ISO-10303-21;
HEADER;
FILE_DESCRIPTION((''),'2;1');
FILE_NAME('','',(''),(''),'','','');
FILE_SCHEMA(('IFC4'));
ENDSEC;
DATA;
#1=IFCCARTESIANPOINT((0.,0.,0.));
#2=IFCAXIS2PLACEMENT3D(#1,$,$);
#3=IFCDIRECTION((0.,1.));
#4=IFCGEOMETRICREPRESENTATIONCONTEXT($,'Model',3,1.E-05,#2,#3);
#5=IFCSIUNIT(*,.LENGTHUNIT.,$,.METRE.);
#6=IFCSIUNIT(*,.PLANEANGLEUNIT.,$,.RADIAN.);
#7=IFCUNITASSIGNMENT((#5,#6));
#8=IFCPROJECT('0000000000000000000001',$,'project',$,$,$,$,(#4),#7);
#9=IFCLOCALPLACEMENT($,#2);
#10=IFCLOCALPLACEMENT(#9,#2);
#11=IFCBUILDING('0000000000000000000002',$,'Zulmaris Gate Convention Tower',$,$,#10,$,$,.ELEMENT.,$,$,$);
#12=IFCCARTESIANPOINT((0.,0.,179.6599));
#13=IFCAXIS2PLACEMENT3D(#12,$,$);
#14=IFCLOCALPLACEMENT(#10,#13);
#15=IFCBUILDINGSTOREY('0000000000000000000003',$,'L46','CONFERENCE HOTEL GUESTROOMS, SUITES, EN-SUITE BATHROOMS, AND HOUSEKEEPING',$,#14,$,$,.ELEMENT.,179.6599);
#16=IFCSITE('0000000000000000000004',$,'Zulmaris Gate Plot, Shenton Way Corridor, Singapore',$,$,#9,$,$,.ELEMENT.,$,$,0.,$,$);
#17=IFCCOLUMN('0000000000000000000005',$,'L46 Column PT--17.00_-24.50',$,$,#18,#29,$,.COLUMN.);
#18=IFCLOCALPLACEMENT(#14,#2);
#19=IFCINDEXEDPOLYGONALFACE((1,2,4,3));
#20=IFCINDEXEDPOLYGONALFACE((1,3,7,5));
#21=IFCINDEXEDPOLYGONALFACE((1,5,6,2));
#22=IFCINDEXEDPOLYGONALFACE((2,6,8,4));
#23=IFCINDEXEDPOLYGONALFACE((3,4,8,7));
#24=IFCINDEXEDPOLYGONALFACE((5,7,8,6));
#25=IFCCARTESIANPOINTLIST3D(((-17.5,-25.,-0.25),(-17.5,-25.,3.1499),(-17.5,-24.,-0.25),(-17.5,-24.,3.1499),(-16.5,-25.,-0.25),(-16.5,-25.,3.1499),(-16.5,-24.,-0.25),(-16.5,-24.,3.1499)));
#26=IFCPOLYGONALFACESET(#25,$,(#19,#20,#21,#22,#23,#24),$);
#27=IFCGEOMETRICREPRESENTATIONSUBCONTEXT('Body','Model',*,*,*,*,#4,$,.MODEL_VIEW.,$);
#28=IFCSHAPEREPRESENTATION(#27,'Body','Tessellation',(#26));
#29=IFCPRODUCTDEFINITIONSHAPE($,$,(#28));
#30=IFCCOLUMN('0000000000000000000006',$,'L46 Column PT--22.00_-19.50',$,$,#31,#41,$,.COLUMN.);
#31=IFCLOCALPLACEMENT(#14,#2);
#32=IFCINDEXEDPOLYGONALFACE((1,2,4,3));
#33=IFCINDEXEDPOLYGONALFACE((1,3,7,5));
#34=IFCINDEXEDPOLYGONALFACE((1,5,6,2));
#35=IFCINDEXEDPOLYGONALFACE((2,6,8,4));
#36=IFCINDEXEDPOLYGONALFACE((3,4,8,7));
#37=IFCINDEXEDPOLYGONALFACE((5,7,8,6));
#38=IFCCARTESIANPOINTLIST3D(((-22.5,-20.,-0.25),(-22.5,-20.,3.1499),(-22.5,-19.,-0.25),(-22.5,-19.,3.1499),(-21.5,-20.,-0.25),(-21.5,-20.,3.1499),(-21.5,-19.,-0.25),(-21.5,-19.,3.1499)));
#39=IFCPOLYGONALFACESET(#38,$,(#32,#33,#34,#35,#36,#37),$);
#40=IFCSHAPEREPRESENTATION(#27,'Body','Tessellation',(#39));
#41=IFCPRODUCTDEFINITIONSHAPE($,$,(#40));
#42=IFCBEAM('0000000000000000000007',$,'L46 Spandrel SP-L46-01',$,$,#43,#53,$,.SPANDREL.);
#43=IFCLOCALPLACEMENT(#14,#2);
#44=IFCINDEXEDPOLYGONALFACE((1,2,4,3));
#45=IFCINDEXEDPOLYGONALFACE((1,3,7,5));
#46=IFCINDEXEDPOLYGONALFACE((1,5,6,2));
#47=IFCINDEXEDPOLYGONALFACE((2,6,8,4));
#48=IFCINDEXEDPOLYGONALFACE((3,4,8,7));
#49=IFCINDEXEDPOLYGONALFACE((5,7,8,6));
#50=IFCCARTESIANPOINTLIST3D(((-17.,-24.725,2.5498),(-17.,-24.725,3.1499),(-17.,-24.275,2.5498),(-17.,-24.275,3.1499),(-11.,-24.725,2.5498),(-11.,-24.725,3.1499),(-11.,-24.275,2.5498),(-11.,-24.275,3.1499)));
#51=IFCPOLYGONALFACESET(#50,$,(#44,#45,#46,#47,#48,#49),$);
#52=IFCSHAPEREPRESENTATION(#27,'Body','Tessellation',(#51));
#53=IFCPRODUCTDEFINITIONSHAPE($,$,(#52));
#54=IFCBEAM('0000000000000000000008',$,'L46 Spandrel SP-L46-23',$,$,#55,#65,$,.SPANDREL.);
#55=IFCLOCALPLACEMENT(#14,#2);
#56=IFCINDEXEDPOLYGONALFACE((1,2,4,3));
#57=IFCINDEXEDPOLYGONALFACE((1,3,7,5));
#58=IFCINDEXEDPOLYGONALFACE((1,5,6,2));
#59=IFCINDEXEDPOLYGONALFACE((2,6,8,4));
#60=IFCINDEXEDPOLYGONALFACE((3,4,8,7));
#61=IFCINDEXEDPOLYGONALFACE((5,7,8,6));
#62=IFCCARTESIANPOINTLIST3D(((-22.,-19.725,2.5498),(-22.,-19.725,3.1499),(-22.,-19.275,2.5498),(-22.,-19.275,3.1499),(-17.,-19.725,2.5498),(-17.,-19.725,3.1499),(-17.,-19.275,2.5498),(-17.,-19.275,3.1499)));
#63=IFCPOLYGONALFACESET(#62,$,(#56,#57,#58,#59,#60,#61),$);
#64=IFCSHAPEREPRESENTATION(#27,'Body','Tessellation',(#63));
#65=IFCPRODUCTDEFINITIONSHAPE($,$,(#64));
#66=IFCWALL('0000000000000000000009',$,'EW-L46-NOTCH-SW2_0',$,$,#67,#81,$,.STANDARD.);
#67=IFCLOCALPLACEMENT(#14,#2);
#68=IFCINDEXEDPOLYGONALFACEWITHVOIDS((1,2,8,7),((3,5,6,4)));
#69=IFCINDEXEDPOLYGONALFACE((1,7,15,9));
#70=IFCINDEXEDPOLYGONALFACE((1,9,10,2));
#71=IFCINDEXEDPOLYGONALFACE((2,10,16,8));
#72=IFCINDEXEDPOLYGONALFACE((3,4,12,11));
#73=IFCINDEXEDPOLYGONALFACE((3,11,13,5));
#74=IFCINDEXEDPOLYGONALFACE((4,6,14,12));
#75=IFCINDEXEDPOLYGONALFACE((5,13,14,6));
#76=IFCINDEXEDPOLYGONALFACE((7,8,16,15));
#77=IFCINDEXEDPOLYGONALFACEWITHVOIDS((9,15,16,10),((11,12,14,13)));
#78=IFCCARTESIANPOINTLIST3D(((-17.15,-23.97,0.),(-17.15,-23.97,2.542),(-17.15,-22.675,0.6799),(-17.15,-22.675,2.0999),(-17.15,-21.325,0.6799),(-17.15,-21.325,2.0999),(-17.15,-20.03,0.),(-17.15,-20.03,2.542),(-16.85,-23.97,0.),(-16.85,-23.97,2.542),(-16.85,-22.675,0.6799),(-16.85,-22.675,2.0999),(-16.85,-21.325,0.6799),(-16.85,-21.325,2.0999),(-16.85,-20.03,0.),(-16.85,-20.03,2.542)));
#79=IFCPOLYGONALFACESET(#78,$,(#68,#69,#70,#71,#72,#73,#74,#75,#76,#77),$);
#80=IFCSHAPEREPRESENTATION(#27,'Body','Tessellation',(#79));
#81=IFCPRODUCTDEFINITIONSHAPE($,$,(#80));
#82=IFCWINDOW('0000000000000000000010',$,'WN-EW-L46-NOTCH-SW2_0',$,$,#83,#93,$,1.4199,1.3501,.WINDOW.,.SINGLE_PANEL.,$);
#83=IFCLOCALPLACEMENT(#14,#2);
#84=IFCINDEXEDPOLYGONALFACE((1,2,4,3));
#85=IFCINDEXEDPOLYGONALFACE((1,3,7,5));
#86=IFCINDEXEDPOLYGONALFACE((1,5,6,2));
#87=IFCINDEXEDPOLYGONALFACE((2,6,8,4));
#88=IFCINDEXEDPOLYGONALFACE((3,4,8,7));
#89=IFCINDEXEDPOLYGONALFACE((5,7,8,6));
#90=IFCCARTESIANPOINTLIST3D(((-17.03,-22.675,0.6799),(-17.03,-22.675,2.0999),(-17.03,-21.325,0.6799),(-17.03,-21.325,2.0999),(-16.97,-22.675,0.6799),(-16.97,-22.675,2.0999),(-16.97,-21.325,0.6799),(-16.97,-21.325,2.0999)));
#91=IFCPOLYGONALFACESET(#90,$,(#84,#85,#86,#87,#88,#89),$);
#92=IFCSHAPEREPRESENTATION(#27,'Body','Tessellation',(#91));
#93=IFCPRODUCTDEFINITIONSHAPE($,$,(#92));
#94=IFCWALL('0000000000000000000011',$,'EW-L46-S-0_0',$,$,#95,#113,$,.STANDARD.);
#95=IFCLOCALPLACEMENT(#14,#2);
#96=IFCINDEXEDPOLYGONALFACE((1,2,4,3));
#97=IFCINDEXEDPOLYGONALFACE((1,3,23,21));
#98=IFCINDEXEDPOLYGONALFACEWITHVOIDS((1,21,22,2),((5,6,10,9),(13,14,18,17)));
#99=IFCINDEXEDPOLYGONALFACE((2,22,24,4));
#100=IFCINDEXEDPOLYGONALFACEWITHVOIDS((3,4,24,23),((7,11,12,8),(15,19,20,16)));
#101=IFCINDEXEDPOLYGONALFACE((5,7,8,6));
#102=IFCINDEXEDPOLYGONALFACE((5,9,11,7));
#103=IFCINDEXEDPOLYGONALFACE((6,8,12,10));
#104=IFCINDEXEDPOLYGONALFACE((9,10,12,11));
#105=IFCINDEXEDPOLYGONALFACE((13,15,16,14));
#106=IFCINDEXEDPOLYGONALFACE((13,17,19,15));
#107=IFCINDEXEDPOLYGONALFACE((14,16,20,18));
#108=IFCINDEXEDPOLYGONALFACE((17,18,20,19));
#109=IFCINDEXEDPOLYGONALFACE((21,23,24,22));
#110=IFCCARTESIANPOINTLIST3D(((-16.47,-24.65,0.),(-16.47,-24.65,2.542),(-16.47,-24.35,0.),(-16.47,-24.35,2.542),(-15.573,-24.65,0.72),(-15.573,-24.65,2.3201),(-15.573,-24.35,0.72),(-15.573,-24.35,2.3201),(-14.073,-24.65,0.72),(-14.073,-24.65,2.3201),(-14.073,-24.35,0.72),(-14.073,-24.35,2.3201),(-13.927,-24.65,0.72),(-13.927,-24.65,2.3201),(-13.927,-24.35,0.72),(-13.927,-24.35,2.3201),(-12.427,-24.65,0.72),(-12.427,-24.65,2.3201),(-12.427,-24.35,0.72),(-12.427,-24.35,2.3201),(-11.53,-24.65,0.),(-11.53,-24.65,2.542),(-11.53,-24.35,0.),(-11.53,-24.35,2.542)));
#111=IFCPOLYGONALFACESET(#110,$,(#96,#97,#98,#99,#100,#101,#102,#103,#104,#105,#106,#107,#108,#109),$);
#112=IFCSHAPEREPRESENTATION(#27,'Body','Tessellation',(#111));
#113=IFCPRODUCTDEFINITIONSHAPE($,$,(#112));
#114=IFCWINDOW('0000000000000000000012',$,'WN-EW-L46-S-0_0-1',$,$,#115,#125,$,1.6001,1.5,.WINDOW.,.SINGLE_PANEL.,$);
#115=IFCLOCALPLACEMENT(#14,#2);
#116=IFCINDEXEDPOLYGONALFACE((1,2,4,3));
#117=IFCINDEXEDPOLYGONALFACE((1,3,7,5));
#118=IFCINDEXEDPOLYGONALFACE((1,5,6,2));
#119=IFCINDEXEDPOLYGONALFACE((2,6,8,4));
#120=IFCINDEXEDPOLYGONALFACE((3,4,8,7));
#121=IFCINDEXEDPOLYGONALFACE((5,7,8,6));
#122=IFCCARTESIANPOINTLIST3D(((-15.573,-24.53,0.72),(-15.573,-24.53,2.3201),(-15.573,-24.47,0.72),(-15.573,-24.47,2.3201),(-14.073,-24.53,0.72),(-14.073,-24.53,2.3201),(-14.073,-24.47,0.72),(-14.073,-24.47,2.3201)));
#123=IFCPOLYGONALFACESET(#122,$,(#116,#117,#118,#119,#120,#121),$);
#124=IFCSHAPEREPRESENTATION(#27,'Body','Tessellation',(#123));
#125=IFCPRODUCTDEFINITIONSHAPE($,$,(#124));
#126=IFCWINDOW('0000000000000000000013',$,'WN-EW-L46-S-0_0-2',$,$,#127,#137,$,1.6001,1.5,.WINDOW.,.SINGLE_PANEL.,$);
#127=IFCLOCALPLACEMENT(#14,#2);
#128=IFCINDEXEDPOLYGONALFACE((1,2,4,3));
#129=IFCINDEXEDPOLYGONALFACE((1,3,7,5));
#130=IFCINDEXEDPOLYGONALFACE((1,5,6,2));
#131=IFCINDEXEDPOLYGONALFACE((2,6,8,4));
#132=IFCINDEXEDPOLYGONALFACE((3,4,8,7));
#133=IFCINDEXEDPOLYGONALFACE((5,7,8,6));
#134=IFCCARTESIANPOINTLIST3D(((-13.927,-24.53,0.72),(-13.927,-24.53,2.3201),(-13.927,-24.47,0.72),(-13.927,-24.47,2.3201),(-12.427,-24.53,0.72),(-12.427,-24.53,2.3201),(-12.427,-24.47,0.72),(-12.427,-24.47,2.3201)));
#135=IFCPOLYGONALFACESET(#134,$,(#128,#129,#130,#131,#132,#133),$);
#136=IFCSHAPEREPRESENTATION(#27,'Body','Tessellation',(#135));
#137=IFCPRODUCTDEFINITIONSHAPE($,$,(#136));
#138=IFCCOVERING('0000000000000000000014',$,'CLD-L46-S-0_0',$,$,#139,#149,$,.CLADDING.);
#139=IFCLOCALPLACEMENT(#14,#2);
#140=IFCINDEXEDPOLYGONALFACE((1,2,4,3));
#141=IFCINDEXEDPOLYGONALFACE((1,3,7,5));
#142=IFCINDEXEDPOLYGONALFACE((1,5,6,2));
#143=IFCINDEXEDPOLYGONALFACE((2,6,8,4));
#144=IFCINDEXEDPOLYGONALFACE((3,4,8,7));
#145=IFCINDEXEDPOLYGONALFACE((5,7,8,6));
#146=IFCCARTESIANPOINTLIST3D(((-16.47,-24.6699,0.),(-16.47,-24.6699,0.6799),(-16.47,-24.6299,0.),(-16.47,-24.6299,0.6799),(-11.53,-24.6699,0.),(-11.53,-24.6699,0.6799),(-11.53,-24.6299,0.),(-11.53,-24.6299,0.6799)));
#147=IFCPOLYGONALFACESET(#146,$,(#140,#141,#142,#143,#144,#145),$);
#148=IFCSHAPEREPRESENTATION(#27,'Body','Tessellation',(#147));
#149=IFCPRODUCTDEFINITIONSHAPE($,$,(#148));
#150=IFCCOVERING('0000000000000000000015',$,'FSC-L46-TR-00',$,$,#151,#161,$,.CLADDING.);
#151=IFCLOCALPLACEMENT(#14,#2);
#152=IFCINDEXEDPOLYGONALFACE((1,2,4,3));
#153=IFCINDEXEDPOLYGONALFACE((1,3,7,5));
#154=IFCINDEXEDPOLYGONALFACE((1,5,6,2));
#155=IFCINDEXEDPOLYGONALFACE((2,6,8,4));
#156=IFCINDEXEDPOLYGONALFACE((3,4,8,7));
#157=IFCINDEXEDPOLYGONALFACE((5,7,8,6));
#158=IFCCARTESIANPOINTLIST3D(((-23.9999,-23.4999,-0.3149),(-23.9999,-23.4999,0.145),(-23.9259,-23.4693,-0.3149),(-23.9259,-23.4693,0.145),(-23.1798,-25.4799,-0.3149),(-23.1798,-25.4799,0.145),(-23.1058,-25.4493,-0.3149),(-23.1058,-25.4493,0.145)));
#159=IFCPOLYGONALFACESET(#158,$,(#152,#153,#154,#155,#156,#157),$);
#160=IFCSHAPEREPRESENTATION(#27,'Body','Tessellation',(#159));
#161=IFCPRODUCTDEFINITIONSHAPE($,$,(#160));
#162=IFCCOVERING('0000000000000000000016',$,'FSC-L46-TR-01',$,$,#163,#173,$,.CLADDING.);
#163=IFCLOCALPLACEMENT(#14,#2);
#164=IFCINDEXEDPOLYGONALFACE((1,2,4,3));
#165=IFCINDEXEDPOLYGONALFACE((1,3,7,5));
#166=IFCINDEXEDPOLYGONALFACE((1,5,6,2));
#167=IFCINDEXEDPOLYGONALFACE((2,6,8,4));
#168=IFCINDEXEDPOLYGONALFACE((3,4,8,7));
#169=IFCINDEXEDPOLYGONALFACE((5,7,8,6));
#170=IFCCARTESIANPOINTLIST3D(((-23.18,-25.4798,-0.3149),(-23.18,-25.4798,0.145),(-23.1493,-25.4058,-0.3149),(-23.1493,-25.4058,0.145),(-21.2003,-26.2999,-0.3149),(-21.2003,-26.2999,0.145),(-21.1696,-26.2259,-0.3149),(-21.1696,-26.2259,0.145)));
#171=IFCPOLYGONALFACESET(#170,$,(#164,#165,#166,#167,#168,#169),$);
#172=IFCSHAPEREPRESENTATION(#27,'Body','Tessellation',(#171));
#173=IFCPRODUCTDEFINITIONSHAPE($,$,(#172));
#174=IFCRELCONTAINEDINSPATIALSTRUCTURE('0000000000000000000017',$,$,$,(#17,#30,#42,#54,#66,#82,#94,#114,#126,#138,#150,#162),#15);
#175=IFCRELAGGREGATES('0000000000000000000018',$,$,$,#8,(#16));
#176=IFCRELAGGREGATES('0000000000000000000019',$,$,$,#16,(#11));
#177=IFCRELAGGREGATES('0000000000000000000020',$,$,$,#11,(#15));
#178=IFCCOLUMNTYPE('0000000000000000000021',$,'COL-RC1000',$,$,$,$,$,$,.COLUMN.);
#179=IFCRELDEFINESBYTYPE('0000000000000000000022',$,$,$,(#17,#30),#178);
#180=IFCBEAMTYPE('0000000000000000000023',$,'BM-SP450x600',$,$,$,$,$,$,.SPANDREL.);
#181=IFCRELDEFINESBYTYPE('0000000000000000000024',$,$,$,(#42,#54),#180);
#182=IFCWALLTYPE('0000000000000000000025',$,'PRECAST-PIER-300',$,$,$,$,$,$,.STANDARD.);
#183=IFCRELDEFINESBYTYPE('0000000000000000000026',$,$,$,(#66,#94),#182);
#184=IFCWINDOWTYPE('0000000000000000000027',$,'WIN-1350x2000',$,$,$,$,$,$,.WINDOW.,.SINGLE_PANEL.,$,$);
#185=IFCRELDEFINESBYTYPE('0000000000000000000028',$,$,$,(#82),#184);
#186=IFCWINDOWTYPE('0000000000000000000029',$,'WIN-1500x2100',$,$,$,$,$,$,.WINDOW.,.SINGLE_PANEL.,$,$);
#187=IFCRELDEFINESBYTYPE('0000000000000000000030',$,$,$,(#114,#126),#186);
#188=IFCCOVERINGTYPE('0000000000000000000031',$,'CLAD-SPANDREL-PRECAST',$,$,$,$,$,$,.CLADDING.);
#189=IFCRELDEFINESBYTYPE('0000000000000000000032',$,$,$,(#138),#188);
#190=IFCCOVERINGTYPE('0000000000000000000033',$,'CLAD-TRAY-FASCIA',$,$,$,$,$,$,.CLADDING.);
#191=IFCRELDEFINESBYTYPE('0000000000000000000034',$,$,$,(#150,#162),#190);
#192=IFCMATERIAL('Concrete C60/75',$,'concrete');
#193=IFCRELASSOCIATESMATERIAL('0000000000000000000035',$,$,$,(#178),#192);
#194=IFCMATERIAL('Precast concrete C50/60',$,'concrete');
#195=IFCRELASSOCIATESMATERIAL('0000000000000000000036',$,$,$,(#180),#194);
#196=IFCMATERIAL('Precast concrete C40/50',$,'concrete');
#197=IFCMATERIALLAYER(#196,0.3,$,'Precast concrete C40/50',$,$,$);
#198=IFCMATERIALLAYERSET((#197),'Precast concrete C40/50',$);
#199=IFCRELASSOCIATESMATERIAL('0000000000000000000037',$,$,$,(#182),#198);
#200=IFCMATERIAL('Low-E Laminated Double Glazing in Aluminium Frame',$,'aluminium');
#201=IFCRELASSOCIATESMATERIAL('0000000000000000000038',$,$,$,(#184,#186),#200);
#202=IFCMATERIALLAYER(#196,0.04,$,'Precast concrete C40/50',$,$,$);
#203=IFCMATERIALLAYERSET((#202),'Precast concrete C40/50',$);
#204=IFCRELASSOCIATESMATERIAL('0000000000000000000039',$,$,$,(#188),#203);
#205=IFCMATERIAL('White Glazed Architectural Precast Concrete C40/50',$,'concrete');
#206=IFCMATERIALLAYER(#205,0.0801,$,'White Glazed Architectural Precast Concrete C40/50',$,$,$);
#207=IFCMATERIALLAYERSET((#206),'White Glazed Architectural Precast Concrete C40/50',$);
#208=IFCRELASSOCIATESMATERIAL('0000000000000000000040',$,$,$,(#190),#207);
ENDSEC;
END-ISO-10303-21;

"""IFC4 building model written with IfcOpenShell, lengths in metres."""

from ifc_helpers import new_model, si_unit, direction, frame, frame_2d, origin, origin_2d, place, context, subcontext, project, spatial, rectangle, extrude, material, layer, layer_set, material_profile, profile_set, type_object, element, fill, save


model = new_model("IFC4")

# Units and contexts
model_context = context("Model", 3, precision=1e-05, world=origin(), true_north=direction((0.0, 1.0)))
body_context = subcontext(model_context, "Body", "Model", "MODEL_VIEW")
ifc_project = project(units=[si_unit("LENGTHUNIT", "METRE"), si_unit("PLANEANGLEUNIT", "RADIAN")], contexts=[model_context])

# Site, building, storey
site_placement = place(None, origin())
site = spatial("IfcSite", under=ifc_project, at=site_placement, Name="Zulmaris Gate Plot, Shenton Way Corridor, Singapore", CompositionType="ELEMENT", RefElevation=0.0)
building_placement = place(site_placement, origin())
building = spatial("IfcBuilding", under=site, at=building_placement, Name="Zulmaris Gate Convention Tower", CompositionType="ELEMENT")
storey_placement = place(building_placement, frame((0.0, 0.0, 179.6599)))
storey = spatial("IfcBuildingStorey", under=building, at=storey_placement, Name="L46", Description="CONFERENCE HOTEL GUESTROOMS, SUITES, EN-SUITE BATHROOMS, AND HOUSEKEEPING", CompositionType="ELEMENT", Elevation=179.6599)

# Columns
ifc_material_1 = material(Name="Concrete C60/75", Category="concrete")
ifc_material_profile_1 = material_profile(ifc_material_1, rectangle(XDim=1.0, YDim=1.0, at=origin_2d()), Name="RC COL 1000x1000")
ifc_profile_set_1 = profile_set([ifc_material_profile_1], Name="Concrete C60/75")
column_type = type_object("IfcColumnType", Name="COL-RC1000", PredefinedType="COLUMN", material=ifc_profile_set_1)
for number, where, z_axis, x_axis, name in (
    (1, (-17.0, -24.5, -0.25), (0.0, 0.0, 1.0), (1.0, 0.0, 0.0), "L46 Column PT--17.00_-24.50"),
    (2, (-22.0, -19.5, -0.25), (0.0, 0.0, 1.0), (1.0, 0.0, 0.0), "L46 Column PT--22.00_-19.50"),
):
    element("IfcColumn", number, at=place(storey_placement, frame(where, z_axis=z_axis, x_axis=x_axis)), inside=storey, type_object=column_type, Name=name, PredefinedType="COLUMN", context=body_context, shape_type="SweptSolid", body=[
        extrude(rectangle(XDim=1.0, YDim=1.0, at=origin_2d()), origin(), (0.0, 0.0, 1.0), 3.3999),
    ])

# Beams
ifc_material_2 = material(Name="Precast concrete C50/60", Category="concrete")
ifc_material_profile_2 = material_profile(ifc_material_2, rectangle(XDim=0.45, YDim=0.6001, at=origin_2d()), Name="RC SPANDREL 450x600")
ifc_profile_set_2 = profile_set([ifc_material_profile_2], Name="Precast concrete C50/60")
beam_type = type_object("IfcBeamType", Name="BM-SP450x600", PredefinedType="SPANDREL", material=ifc_profile_set_2)
beam_1_placement = place(storey_placement, frame((-17.0, -24.5, 2.8499), z_axis=(1.0, 0.0, 0.0), x_axis=(0.0, 1.0, 0.0)))
element("IfcBeam", 3, at=beam_1_placement, inside=storey, type_object=beam_type, Name="L46 Spandrel SP-L46-01", PredefinedType="SPANDREL", context=body_context, shape_type="SweptSolid", body=[
    extrude(rectangle(XDim=0.45, YDim=0.6001, at=origin_2d()), origin(), (0.0, 0.0, 1.0), 6.0),
])
beam_2_placement = place(storey_placement, frame((-22.0, -19.5, 2.8499), z_axis=(1.0, 0.0, 0.0), x_axis=(0.0, 1.0, 0.0)))
element("IfcBeam", 4, at=beam_2_placement, inside=storey, type_object=beam_type, Name="L46 Spandrel SP-L46-23", PredefinedType="SPANDREL", context=body_context, shape_type="SweptSolid", body=[
    extrude(rectangle(XDim=0.45, YDim=0.6001, at=origin_2d()), origin(), (0.0, 0.0, 1.0), 5.0),
])

# Wall, opening, window
ifc_material_3 = material(Name="Precast concrete C40/50", Category="concrete")
ifc_layer_1 = layer(ifc_material_3, 0.3, Name="Precast concrete C40/50")
ifc_layer_set_1 = layer_set([ifc_layer_1], Name="Precast concrete C40/50")
wall_type = type_object("IfcWallType", Name="PRECAST-PIER-300", PredefinedType="STANDARD", material=ifc_layer_set_1)
wall_1_placement = place(storey_placement, frame((-17.0, -20.03, 0.0), z_axis=(0.0, 0.0, 1.0), x_axis=(0.0, -1.0, 0.0)))
wall_1 = element("IfcWall", 5, at=wall_1_placement, inside=storey, type_object=wall_type, Name="EW-L46-NOTCH-SW2_0", PredefinedType="STANDARD", context=body_context, shape_type="SweptSolid", body=[
    extrude(rectangle(XDim=3.9399, YDim=0.3, at=frame_2d((1.97, 0.0))), origin(), (0.0, 0.0, 1.0), 2.542),
])
opening_1_placement = place(wall_1_placement, frame((1.2949, 0.0, 0.6799)))
opening_1 = element("IfcOpeningElement", 6, at=opening_1_placement, cuts=wall_1, PredefinedType="OPENING", context=body_context, shape_type="SweptSolid", body=[
    extrude(rectangle(XDim=1.3501, YDim=1.4199, at=frame_2d((0.675, 0.71))), frame((0.0, 0.1602, 0.0), z_axis=(0.0, -1.0, 0.0), x_axis=(1.0, 0.0, 0.0)), (0.0, 0.0, 1.0), 0.3201),
])
ifc_material_4 = material(Name="Low-E Laminated Double Glazing in Aluminium Frame", Category="aluminium")
window_type_1 = type_object("IfcWindowType", Name="WIN-1350x2000", PartitioningType="SINGLE_PANEL", PredefinedType="WINDOW", material=ifc_material_4)
window_1_placement = place(opening_1_placement, origin())
window_1 = element("IfcWindow", 7, at=window_1_placement, inside=storey, type_object=window_type_1, Name="WN-EW-L46-NOTCH-SW2_0", OverallHeight=1.4199, OverallWidth=1.3501, PartitioningType="SINGLE_PANEL", PredefinedType="WINDOW", context=body_context, shape_type="SweptSolid", body=[
    extrude(rectangle(XDim=1.3501, YDim=1.4199, at=frame_2d((0.675, 0.71))), frame((0.0, 0.03, 0.0), z_axis=(0.0, -1.0, 0.0), x_axis=(1.0, 0.0, 0.0)), (0.0, 0.0, 1.0), 0.0601),
])
fill(opening_1, window_1)

# Wall, openings, windows
wall_2_placement = place(storey_placement, frame((-16.47, -24.5, 0.0), z_axis=(0.0, 0.0, 1.0), x_axis=(1.0, 0.0, 0.0)))
wall_2 = element("IfcWall", 8, at=wall_2_placement, inside=storey, type_object=wall_type, Name="EW-L46-S-0_0", PredefinedType="STANDARD", context=body_context, shape_type="SweptSolid", body=[
    extrude(rectangle(XDim=4.9399, YDim=0.3, at=frame_2d((2.47, 0.0))), origin(), (0.0, 0.0, 1.0), 2.542),
])
opening_2_placement = place(wall_2_placement, frame((0.897, 0.0, 0.72)))
opening_2 = element("IfcOpeningElement", 9, at=opening_2_placement, cuts=wall_2, PredefinedType="OPENING", context=body_context, shape_type="SweptSolid", body=[
    extrude(rectangle(XDim=1.5, YDim=1.6001, at=frame_2d((0.75, 0.8))), frame((0.0, 0.1602, 0.0), z_axis=(0.0, -1.0, 0.0), x_axis=(1.0, 0.0, 0.0)), (0.0, 0.0, 1.0), 0.3201),
])
opening_3_placement = place(wall_2_placement, frame((2.543, 0.0, 0.72)))
opening_3 = element("IfcOpeningElement", 10, at=opening_3_placement, cuts=wall_2, PredefinedType="OPENING", context=body_context, shape_type="SweptSolid", body=[
    extrude(rectangle(XDim=1.5, YDim=1.6001, at=frame_2d((0.75, 0.8))), frame((0.0, 0.1602, 0.0), z_axis=(0.0, -1.0, 0.0), x_axis=(1.0, 0.0, 0.0)), (0.0, 0.0, 1.0), 0.3201),
])
window_type_2 = type_object("IfcWindowType", Name="WIN-1500x2100", PartitioningType="SINGLE_PANEL", PredefinedType="WINDOW", material=ifc_material_4)
window_2_placement = place(opening_2_placement, origin())
window_2 = element("IfcWindow", 11, at=window_2_placement, inside=storey, type_object=window_type_2, Name="WN-EW-L46-S-0_0-1", OverallHeight=1.6001, OverallWidth=1.5, PartitioningType="SINGLE_PANEL", PredefinedType="WINDOW", context=body_context, shape_type="SweptSolid", body=[
    extrude(rectangle(XDim=1.5, YDim=1.6001, at=frame_2d((0.75, 0.8))), frame((0.0, 0.03, 0.0), z_axis=(0.0, -1.0, 0.0), x_axis=(1.0, 0.0, 0.0)), (0.0, 0.0, 1.0), 0.0601),
])
fill(opening_2, window_2)
window_3_placement = place(opening_3_placement, origin())
window_3 = element("IfcWindow", 12, at=window_3_placement, inside=storey, type_object=window_type_2, Name="WN-EW-L46-S-0_0-2", OverallHeight=1.6001, OverallWidth=1.5, PartitioningType="SINGLE_PANEL", PredefinedType="WINDOW", context=body_context, shape_type="SweptSolid", body=[
    extrude(rectangle(XDim=1.5, YDim=1.6001, at=frame_2d((0.75, 0.8))), frame((0.0, 0.03, 0.0), z_axis=(0.0, -1.0, 0.0), x_axis=(1.0, 0.0, 0.0)), (0.0, 0.0, 1.0), 0.0601),
])
fill(opening_3, window_3)

# Coverings
ifc_layer_2 = layer(ifc_material_3, 0.04, Name="Precast concrete C40/50")
ifc_layer_set_2 = layer_set([ifc_layer_2], Name="Precast concrete C40/50")
covering_type_1 = type_object("IfcCoveringType", Name="CLAD-SPANDREL-PRECAST", PredefinedType="CLADDING", material=ifc_layer_set_2)
covering_1_placement = place(storey_placement, frame((-16.47, -24.6499, 0.0), z_axis=(0.0, 0.0, 1.0), x_axis=(1.0, 0.0, 0.0)))
element("IfcCovering", 13, at=covering_1_placement, inside=storey, type_object=covering_type_1, Name="CLD-L46-S-0_0", PredefinedType="CLADDING", context=body_context, shape_type="SweptSolid", body=[
    extrude(rectangle(XDim=4.9399, YDim=0.04, at=frame_2d((2.47, 0.0))), origin(), (0.0, 0.0, 1.0), 0.6799),
])
ifc_material_5 = material(Name="White Glazed Architectural Precast Concrete C40/50", Category="concrete")
ifc_layer_3 = layer(ifc_material_5, 0.0801, Name="White Glazed Architectural Precast Concrete C40/50")
ifc_layer_set_3 = layer_set([ifc_layer_3], Name="White Glazed Architectural Precast Concrete C40/50")
covering_type_2 = type_object("IfcCoveringType", Name="CLAD-TRAY-FASCIA", PredefinedType="CLADDING", material=ifc_layer_set_3)
covering_2_placement = place(storey_placement, frame((-23.9629, -23.4846, -0.3149), z_axis=(0.0, 0.0, 1.0), x_axis=(0.382657, -0.92389, 0.0)))
element("IfcCovering", 14, at=covering_2_placement, inside=storey, type_object=covering_type_2, Name="FSC-L46-TR-00", PredefinedType="CLADDING", context=body_context, shape_type="SweptSolid", body=[
    extrude(rectangle(XDim=2.1431, YDim=0.0801, at=frame_2d((1.0715, 0.0))), origin(), (0.0, 0.0, 1.0), 0.46),
])
covering_3_placement = place(storey_placement, frame((-23.1646, -25.4429, -0.3149), z_axis=(0.0, 0.0, 1.0), x_axis=(0.923874, -0.382697, 0.0)))
element("IfcCovering", 15, at=covering_3_placement, inside=storey, type_object=covering_type_2, Name="FSC-L46-TR-01", PredefinedType="CLADDING", context=body_context, shape_type="SweptSolid", body=[
    extrude(rectangle(XDim=2.1428, YDim=0.0801, at=frame_2d((1.0713, 0.0))), origin(), (0.0, 0.0, 1.0), 0.46),
])

save(model, "model.ifc")
